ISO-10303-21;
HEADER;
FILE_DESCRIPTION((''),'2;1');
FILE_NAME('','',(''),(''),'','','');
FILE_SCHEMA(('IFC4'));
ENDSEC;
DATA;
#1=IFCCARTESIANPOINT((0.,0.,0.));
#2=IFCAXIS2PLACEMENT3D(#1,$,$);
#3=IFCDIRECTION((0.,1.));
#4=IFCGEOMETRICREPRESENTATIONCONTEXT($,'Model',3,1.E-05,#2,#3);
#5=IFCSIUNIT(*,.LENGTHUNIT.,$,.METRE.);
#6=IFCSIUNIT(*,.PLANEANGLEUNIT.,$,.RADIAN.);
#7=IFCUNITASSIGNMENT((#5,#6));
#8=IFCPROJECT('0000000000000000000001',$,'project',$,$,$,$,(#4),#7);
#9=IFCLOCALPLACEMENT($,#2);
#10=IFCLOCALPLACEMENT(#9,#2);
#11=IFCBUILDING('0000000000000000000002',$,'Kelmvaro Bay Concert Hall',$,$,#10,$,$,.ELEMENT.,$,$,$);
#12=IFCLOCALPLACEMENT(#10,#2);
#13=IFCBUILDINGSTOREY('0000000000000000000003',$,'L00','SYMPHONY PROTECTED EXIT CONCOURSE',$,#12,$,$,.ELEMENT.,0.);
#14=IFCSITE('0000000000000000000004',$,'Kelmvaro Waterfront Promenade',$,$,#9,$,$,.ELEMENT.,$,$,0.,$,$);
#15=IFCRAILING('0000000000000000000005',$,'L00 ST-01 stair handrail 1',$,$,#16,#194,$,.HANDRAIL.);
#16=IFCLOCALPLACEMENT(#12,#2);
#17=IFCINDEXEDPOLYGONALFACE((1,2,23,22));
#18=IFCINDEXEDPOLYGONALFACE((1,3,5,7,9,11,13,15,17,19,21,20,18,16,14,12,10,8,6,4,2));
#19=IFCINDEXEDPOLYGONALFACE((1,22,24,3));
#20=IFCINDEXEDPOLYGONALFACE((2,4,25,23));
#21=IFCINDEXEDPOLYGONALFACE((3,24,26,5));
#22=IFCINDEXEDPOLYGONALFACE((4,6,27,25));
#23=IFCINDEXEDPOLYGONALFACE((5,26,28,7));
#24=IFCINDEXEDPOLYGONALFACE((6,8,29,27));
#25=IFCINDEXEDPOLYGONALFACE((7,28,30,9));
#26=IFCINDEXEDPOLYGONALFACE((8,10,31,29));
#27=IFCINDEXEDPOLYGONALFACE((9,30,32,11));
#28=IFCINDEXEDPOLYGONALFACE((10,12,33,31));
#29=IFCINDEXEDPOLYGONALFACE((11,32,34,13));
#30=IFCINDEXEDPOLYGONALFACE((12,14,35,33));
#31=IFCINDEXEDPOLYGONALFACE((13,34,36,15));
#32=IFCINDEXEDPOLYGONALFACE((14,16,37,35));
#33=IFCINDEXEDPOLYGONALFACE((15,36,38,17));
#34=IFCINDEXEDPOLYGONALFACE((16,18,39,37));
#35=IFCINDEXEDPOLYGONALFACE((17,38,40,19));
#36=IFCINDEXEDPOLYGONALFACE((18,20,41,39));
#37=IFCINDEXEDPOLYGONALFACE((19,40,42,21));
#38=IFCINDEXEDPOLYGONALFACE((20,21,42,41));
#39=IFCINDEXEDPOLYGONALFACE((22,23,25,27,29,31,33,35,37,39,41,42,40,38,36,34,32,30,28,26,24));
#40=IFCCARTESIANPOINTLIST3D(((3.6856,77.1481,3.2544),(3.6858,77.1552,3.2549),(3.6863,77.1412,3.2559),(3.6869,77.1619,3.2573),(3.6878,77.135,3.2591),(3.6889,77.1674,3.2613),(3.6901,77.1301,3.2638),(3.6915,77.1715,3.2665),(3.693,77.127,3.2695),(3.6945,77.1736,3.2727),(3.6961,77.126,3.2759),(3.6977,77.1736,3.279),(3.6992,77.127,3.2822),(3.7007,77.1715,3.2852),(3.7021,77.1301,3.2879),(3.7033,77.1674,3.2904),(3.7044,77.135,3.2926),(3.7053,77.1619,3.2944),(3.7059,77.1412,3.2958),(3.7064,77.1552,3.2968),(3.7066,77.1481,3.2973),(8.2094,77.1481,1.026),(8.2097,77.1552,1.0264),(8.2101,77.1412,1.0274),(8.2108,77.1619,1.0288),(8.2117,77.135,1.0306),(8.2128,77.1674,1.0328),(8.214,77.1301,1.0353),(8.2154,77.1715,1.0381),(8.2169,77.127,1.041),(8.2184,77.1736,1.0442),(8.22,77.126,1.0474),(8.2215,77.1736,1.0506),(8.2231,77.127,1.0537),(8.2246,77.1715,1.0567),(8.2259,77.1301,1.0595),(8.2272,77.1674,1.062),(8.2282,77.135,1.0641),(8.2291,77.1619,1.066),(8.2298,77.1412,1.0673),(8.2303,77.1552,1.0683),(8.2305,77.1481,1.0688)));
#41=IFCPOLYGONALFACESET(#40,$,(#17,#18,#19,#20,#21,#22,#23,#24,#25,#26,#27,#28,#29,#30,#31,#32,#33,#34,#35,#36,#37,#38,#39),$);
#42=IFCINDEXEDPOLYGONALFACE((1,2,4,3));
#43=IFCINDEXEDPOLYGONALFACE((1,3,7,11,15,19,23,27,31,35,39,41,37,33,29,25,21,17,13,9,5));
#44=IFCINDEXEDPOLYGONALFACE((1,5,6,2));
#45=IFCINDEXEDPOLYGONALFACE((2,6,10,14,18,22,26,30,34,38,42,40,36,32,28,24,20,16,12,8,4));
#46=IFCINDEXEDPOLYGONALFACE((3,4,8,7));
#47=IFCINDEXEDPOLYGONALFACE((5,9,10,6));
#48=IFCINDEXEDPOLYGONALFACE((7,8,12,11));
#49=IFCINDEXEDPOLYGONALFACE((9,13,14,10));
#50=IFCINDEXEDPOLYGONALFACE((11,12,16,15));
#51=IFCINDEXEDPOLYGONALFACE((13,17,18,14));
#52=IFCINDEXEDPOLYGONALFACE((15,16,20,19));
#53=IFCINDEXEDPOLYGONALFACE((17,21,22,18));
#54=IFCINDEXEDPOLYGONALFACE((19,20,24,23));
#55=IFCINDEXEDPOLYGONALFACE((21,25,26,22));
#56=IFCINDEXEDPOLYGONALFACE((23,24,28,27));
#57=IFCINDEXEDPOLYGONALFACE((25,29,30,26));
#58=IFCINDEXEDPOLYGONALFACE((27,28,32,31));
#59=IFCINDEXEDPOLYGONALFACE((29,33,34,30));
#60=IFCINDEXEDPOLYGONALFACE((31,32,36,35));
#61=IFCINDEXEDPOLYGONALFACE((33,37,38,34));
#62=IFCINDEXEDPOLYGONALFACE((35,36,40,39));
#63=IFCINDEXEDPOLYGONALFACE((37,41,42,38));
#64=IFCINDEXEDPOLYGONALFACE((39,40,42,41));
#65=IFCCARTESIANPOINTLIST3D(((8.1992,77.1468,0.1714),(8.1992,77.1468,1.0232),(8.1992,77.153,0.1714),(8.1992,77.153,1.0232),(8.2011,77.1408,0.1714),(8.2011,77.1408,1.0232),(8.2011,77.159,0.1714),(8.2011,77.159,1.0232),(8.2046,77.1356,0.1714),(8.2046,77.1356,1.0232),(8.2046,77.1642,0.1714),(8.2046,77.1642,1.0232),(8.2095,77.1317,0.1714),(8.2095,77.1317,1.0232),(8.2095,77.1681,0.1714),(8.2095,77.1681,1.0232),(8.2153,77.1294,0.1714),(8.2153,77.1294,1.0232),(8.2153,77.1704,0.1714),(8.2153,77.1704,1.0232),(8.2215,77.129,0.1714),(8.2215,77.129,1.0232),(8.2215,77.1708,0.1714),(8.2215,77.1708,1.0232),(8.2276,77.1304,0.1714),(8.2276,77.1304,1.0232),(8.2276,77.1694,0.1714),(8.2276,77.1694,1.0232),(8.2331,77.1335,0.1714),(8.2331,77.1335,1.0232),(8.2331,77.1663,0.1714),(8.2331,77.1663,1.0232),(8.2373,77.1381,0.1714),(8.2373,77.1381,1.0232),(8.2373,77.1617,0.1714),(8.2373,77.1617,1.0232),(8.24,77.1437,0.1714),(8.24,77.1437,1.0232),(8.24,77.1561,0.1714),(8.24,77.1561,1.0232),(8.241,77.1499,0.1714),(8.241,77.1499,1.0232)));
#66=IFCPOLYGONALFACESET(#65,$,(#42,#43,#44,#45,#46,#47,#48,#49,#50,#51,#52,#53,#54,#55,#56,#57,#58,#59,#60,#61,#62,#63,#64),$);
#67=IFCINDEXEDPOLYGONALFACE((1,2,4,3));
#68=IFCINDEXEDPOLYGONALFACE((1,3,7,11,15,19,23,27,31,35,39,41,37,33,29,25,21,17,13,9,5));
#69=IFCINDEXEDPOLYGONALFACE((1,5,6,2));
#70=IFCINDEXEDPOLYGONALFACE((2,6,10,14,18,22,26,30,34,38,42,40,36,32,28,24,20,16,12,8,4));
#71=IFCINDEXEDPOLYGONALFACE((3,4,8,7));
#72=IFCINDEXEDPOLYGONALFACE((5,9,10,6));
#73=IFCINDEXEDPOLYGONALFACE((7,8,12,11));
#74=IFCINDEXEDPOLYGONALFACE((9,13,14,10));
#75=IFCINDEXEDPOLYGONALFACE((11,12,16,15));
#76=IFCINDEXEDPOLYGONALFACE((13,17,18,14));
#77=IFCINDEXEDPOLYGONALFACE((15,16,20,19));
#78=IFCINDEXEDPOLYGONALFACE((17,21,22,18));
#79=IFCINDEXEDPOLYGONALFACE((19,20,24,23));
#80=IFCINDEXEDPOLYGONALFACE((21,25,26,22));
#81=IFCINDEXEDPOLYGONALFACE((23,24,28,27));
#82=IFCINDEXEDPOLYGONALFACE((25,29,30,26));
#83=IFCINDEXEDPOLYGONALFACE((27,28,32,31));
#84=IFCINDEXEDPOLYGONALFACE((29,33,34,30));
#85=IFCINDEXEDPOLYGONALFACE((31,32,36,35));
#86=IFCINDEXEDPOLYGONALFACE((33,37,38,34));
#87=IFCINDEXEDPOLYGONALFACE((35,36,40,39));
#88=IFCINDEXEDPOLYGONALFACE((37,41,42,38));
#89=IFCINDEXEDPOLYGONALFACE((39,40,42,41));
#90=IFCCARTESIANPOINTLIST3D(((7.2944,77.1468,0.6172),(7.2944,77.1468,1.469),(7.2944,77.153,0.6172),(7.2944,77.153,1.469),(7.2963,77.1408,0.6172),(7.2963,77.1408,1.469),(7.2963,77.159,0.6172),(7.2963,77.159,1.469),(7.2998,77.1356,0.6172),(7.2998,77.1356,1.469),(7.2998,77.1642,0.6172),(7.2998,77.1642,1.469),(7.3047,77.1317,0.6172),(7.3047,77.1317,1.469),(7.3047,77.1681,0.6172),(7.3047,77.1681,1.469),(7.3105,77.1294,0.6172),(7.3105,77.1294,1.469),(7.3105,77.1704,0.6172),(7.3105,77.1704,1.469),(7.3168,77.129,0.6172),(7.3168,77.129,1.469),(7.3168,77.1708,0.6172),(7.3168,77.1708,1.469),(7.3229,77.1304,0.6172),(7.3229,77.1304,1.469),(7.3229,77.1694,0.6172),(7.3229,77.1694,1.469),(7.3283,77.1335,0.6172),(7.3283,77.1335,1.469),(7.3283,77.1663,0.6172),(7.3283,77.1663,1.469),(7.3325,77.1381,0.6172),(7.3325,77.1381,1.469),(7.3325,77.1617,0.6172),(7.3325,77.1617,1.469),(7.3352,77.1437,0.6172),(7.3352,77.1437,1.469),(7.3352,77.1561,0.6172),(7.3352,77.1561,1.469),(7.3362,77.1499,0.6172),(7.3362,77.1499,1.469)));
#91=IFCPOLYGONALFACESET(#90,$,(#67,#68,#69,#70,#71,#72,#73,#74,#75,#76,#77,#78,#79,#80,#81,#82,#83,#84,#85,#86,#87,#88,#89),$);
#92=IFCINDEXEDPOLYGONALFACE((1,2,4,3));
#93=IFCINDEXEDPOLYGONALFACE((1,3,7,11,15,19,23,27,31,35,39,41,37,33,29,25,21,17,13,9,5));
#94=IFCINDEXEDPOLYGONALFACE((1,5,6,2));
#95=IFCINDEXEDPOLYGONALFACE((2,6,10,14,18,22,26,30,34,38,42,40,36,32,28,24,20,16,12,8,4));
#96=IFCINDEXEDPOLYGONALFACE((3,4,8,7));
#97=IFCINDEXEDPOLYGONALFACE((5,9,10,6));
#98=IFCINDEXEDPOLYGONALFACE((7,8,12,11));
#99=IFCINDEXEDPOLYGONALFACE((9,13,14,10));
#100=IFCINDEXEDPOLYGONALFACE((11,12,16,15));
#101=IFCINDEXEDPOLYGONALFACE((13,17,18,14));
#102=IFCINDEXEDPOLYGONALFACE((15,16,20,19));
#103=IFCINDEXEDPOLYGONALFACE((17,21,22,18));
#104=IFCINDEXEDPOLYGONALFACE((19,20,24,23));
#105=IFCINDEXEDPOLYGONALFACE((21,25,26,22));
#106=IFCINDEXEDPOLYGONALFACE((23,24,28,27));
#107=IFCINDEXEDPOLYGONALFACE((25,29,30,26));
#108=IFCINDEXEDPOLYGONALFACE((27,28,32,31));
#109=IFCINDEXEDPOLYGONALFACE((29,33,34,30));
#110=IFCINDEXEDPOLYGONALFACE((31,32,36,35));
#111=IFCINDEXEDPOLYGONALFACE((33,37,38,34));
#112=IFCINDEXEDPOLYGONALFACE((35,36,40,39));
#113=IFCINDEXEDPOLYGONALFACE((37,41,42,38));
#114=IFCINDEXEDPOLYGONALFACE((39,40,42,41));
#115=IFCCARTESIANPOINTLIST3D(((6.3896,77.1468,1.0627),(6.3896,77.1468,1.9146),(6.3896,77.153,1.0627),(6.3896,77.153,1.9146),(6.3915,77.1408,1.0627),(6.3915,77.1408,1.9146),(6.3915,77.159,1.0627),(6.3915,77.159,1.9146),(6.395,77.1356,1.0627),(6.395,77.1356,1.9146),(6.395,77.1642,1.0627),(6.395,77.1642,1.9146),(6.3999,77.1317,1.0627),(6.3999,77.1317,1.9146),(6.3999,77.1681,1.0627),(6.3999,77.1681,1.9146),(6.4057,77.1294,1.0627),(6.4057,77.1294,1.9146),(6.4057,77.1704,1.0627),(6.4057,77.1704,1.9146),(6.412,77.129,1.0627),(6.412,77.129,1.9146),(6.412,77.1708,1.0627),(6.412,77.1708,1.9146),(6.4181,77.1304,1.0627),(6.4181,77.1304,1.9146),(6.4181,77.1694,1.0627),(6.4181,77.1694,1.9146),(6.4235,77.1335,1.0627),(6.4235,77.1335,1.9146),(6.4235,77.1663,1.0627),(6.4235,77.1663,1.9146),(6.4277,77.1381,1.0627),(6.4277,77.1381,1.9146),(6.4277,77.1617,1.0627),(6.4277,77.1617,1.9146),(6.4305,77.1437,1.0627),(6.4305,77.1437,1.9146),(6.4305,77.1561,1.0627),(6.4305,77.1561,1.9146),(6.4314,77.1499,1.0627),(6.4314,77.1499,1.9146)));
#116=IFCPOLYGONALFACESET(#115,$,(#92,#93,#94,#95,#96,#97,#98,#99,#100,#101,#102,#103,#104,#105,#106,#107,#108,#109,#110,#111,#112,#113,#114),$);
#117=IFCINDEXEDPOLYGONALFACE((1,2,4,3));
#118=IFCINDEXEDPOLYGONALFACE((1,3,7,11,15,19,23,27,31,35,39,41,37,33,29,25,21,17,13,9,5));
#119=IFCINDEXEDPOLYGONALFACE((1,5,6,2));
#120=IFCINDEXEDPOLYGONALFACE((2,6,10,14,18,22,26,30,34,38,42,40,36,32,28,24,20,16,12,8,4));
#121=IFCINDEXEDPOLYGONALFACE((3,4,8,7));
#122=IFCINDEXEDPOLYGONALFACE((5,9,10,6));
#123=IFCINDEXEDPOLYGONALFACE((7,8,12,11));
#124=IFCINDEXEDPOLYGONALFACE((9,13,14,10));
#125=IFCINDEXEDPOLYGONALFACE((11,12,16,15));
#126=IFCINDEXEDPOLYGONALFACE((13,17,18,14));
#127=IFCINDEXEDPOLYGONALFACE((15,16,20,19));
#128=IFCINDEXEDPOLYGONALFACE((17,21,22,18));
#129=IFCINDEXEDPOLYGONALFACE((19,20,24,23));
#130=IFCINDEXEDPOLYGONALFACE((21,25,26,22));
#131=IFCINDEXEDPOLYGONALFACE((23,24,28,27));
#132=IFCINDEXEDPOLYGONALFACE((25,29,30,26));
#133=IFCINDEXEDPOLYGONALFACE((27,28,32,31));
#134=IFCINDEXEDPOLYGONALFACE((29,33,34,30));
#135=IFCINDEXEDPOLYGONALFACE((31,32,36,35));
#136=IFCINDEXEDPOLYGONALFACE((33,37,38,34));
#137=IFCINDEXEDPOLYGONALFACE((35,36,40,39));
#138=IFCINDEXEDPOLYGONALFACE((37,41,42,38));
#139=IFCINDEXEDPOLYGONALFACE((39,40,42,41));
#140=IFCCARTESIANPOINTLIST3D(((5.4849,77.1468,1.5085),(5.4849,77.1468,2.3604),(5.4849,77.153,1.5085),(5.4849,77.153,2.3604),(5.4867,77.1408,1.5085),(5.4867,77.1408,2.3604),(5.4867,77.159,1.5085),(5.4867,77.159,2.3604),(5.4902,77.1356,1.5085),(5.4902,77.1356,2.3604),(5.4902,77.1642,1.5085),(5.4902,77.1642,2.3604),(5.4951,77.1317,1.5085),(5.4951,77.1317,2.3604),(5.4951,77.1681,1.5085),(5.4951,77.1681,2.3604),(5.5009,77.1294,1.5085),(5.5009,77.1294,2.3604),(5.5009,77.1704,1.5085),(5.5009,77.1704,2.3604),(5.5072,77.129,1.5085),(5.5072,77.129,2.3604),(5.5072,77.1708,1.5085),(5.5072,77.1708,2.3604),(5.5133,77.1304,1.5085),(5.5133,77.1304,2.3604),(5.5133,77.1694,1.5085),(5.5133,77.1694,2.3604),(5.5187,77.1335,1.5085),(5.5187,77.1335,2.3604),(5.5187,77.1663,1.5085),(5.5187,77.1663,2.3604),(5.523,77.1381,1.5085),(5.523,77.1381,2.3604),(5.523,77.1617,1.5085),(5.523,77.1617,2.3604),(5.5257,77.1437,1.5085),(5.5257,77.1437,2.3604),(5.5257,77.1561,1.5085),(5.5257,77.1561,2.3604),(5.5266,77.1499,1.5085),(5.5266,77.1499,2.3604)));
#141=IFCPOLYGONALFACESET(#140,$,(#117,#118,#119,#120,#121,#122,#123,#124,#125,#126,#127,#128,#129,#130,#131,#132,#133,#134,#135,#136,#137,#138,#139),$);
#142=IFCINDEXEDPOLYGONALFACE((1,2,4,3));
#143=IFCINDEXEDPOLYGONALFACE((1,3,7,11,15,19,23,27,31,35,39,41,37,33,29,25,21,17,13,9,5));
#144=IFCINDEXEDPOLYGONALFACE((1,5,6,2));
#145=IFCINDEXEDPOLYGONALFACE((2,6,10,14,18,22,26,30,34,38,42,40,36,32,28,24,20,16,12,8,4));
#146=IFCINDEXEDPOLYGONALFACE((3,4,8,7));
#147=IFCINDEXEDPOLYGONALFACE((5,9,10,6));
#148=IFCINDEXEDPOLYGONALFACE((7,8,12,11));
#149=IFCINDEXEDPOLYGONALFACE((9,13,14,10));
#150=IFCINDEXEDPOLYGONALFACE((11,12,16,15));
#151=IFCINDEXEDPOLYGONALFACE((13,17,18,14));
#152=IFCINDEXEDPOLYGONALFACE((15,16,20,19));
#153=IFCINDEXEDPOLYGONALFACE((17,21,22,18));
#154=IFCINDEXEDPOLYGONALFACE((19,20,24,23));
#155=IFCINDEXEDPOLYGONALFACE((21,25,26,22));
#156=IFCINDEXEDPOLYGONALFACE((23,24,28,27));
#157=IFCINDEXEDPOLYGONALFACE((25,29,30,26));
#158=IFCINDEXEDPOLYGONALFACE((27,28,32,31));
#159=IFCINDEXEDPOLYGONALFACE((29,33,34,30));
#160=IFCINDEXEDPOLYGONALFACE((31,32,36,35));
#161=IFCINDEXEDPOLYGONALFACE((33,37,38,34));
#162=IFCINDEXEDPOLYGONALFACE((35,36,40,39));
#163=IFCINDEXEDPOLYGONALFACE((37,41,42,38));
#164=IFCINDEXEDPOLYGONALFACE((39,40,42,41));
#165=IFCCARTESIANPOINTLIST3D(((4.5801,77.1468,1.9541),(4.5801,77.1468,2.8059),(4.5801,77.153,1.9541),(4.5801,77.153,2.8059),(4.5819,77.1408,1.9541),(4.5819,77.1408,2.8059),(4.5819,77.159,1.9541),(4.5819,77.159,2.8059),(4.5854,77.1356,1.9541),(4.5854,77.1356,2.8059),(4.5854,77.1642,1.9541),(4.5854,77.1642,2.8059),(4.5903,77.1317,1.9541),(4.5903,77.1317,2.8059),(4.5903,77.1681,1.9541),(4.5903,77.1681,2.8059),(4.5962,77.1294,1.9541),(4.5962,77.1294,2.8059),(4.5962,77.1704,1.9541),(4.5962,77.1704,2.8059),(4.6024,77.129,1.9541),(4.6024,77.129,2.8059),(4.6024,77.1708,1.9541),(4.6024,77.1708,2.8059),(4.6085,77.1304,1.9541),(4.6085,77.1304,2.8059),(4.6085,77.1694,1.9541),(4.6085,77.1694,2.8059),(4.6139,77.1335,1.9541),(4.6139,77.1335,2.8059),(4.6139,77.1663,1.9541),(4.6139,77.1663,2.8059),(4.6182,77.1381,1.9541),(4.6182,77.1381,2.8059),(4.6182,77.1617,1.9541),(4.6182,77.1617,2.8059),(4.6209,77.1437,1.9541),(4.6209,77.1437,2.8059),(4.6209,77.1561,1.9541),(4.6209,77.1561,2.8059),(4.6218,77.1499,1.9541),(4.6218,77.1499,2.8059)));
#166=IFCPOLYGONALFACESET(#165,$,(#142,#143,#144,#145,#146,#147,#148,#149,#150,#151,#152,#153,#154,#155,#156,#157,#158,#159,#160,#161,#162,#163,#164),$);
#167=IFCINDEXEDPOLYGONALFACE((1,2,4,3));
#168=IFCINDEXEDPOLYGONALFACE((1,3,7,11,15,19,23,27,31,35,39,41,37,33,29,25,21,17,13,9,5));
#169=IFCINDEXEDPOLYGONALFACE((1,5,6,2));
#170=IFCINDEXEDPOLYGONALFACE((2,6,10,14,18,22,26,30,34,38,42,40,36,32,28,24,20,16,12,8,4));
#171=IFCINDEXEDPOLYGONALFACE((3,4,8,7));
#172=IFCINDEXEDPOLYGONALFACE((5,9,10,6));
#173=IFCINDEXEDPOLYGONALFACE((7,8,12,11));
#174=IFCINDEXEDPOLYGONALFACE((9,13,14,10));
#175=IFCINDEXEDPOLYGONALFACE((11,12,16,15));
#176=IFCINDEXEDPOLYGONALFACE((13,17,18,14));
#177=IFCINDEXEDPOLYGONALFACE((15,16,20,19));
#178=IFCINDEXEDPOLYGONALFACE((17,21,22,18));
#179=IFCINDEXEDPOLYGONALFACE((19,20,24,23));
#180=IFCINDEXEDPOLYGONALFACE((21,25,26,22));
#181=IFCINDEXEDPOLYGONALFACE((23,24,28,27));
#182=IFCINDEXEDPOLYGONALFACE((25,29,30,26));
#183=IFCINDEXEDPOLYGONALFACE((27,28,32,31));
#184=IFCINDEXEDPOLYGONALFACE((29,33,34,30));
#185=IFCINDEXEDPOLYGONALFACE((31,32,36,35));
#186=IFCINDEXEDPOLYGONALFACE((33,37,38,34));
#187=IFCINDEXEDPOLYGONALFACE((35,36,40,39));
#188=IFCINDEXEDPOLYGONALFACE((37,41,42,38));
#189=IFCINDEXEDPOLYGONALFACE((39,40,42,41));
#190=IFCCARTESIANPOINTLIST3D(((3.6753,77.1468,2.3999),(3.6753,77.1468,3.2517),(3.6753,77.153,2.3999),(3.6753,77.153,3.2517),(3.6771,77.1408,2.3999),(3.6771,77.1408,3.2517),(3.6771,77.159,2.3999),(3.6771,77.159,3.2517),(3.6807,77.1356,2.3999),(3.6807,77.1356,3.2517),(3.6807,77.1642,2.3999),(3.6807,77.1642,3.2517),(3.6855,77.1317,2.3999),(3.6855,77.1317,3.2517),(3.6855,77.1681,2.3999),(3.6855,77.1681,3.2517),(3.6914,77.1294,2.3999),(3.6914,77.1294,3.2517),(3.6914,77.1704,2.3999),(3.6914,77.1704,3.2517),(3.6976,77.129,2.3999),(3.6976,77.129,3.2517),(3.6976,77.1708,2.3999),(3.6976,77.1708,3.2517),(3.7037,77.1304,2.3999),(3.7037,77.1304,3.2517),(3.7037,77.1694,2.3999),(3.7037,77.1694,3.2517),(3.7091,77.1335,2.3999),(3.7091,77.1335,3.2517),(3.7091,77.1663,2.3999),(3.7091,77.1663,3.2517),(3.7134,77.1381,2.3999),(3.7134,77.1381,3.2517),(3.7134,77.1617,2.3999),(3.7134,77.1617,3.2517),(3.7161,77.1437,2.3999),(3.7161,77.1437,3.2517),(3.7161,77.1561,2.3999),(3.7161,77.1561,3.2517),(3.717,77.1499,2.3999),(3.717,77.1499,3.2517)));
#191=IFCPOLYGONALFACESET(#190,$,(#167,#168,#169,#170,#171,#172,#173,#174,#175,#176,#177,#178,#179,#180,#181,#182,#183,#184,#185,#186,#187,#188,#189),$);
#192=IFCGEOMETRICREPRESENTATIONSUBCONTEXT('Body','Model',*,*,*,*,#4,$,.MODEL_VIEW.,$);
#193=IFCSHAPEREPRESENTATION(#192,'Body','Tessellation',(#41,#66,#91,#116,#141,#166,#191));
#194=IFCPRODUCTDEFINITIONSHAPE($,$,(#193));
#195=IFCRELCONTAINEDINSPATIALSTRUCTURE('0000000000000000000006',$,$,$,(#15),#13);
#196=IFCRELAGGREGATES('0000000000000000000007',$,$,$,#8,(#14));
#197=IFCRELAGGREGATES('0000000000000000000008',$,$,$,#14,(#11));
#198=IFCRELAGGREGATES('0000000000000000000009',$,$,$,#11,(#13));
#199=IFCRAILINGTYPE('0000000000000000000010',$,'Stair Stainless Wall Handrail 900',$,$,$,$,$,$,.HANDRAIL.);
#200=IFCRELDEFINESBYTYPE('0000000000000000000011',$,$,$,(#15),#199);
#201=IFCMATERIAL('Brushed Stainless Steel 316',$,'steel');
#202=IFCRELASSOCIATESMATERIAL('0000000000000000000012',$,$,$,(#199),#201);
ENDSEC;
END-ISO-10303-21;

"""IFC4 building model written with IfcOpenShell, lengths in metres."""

from ifc_helpers import new_model, si_unit, direction, frame, origin, origin_2d, place, context, subcontext, project, spatial, circle, extrude, material, type_object, element, save


model = new_model("IFC4")

# Units and contexts
model_context = context("Model", 3, precision=1e-05, world=origin(), true_north=direction((0.0, 1.0)))
body_context = subcontext(model_context, "Body", "Model", "MODEL_VIEW")
ifc_project = project(units=[si_unit("LENGTHUNIT", "METRE"), si_unit("PLANEANGLEUNIT", "RADIAN")], contexts=[model_context])

# Site, building, storey
site_placement = place(None, origin())
site = spatial("IfcSite", under=ifc_project, at=site_placement, Name="Kelmvaro Waterfront Promenade", CompositionType="ELEMENT", RefElevation=0.0)
building_placement = place(site_placement, origin())
building = spatial("IfcBuilding", under=site, at=building_placement, Name="Kelmvaro Bay Concert Hall", CompositionType="ELEMENT")
storey_placement = place(building_placement, origin())
storey = spatial("IfcBuildingStorey", under=building, at=storey_placement, Name="L00", Description="SYMPHONY PROTECTED EXIT CONCOURSE", CompositionType="ELEMENT", Elevation=0.0)

# Railing
ifc_material_1 = material(Name="Brushed Stainless Steel 316", Category="steel")
railing_type_1 = type_object("IfcRailingType", Name="Stair Stainless Wall Handrail 900", PredefinedType="HANDRAIL", material=ifc_material_1)
railing_1_placement = place(storey_placement, frame((8.22, 77.1499, 0.1714)))
element("IfcRailing", 1, at=railing_1_placement, inside=storey, type_object=railing_type_1, Name="L00 ST-01 stair handrail 1", PredefinedType="HANDRAIL", context=body_context, shape_type="SweptSolid", body=[
    extrude(circle(Radius=0.0239, at=origin_2d()), frame((0.0, 0.0, 0.876), z_axis=(-0.897064, 0.0, 0.4419), x_axis=(0.0, -1.0, 0.0)), (0.0, 0.0, 1.0), 5.043),
    extrude(circle(Radius=0.021, at=origin_2d()), origin(), (0.0, 0.0, 1.0), 0.8518),
    extrude(circle(Radius=0.021, at=origin_2d()), frame((-0.9048, 0.0, 0.4458)), (0.0, 0.0, 1.0), 0.8518),
    extrude(circle(Radius=0.021, at=origin_2d()), frame((-1.8096, 0.0, 0.8914)), (0.0, 0.0, 1.0), 0.8518),
    extrude(circle(Radius=0.021, at=origin_2d()), frame((-2.7144, 0.0, 1.3372)), (0.0, 0.0, 1.0), 0.8518),
    extrude(circle(Radius=0.021, at=origin_2d()), frame((-3.6191, 0.0, 1.7827)), (0.0, 0.0, 1.0), 0.8518),
    extrude(circle(Radius=0.021, at=origin_2d()), frame((-4.5239, 0.0, 2.2285)), (0.0, 0.0, 1.0), 0.8518),
])

save(model, "model.ifc")
